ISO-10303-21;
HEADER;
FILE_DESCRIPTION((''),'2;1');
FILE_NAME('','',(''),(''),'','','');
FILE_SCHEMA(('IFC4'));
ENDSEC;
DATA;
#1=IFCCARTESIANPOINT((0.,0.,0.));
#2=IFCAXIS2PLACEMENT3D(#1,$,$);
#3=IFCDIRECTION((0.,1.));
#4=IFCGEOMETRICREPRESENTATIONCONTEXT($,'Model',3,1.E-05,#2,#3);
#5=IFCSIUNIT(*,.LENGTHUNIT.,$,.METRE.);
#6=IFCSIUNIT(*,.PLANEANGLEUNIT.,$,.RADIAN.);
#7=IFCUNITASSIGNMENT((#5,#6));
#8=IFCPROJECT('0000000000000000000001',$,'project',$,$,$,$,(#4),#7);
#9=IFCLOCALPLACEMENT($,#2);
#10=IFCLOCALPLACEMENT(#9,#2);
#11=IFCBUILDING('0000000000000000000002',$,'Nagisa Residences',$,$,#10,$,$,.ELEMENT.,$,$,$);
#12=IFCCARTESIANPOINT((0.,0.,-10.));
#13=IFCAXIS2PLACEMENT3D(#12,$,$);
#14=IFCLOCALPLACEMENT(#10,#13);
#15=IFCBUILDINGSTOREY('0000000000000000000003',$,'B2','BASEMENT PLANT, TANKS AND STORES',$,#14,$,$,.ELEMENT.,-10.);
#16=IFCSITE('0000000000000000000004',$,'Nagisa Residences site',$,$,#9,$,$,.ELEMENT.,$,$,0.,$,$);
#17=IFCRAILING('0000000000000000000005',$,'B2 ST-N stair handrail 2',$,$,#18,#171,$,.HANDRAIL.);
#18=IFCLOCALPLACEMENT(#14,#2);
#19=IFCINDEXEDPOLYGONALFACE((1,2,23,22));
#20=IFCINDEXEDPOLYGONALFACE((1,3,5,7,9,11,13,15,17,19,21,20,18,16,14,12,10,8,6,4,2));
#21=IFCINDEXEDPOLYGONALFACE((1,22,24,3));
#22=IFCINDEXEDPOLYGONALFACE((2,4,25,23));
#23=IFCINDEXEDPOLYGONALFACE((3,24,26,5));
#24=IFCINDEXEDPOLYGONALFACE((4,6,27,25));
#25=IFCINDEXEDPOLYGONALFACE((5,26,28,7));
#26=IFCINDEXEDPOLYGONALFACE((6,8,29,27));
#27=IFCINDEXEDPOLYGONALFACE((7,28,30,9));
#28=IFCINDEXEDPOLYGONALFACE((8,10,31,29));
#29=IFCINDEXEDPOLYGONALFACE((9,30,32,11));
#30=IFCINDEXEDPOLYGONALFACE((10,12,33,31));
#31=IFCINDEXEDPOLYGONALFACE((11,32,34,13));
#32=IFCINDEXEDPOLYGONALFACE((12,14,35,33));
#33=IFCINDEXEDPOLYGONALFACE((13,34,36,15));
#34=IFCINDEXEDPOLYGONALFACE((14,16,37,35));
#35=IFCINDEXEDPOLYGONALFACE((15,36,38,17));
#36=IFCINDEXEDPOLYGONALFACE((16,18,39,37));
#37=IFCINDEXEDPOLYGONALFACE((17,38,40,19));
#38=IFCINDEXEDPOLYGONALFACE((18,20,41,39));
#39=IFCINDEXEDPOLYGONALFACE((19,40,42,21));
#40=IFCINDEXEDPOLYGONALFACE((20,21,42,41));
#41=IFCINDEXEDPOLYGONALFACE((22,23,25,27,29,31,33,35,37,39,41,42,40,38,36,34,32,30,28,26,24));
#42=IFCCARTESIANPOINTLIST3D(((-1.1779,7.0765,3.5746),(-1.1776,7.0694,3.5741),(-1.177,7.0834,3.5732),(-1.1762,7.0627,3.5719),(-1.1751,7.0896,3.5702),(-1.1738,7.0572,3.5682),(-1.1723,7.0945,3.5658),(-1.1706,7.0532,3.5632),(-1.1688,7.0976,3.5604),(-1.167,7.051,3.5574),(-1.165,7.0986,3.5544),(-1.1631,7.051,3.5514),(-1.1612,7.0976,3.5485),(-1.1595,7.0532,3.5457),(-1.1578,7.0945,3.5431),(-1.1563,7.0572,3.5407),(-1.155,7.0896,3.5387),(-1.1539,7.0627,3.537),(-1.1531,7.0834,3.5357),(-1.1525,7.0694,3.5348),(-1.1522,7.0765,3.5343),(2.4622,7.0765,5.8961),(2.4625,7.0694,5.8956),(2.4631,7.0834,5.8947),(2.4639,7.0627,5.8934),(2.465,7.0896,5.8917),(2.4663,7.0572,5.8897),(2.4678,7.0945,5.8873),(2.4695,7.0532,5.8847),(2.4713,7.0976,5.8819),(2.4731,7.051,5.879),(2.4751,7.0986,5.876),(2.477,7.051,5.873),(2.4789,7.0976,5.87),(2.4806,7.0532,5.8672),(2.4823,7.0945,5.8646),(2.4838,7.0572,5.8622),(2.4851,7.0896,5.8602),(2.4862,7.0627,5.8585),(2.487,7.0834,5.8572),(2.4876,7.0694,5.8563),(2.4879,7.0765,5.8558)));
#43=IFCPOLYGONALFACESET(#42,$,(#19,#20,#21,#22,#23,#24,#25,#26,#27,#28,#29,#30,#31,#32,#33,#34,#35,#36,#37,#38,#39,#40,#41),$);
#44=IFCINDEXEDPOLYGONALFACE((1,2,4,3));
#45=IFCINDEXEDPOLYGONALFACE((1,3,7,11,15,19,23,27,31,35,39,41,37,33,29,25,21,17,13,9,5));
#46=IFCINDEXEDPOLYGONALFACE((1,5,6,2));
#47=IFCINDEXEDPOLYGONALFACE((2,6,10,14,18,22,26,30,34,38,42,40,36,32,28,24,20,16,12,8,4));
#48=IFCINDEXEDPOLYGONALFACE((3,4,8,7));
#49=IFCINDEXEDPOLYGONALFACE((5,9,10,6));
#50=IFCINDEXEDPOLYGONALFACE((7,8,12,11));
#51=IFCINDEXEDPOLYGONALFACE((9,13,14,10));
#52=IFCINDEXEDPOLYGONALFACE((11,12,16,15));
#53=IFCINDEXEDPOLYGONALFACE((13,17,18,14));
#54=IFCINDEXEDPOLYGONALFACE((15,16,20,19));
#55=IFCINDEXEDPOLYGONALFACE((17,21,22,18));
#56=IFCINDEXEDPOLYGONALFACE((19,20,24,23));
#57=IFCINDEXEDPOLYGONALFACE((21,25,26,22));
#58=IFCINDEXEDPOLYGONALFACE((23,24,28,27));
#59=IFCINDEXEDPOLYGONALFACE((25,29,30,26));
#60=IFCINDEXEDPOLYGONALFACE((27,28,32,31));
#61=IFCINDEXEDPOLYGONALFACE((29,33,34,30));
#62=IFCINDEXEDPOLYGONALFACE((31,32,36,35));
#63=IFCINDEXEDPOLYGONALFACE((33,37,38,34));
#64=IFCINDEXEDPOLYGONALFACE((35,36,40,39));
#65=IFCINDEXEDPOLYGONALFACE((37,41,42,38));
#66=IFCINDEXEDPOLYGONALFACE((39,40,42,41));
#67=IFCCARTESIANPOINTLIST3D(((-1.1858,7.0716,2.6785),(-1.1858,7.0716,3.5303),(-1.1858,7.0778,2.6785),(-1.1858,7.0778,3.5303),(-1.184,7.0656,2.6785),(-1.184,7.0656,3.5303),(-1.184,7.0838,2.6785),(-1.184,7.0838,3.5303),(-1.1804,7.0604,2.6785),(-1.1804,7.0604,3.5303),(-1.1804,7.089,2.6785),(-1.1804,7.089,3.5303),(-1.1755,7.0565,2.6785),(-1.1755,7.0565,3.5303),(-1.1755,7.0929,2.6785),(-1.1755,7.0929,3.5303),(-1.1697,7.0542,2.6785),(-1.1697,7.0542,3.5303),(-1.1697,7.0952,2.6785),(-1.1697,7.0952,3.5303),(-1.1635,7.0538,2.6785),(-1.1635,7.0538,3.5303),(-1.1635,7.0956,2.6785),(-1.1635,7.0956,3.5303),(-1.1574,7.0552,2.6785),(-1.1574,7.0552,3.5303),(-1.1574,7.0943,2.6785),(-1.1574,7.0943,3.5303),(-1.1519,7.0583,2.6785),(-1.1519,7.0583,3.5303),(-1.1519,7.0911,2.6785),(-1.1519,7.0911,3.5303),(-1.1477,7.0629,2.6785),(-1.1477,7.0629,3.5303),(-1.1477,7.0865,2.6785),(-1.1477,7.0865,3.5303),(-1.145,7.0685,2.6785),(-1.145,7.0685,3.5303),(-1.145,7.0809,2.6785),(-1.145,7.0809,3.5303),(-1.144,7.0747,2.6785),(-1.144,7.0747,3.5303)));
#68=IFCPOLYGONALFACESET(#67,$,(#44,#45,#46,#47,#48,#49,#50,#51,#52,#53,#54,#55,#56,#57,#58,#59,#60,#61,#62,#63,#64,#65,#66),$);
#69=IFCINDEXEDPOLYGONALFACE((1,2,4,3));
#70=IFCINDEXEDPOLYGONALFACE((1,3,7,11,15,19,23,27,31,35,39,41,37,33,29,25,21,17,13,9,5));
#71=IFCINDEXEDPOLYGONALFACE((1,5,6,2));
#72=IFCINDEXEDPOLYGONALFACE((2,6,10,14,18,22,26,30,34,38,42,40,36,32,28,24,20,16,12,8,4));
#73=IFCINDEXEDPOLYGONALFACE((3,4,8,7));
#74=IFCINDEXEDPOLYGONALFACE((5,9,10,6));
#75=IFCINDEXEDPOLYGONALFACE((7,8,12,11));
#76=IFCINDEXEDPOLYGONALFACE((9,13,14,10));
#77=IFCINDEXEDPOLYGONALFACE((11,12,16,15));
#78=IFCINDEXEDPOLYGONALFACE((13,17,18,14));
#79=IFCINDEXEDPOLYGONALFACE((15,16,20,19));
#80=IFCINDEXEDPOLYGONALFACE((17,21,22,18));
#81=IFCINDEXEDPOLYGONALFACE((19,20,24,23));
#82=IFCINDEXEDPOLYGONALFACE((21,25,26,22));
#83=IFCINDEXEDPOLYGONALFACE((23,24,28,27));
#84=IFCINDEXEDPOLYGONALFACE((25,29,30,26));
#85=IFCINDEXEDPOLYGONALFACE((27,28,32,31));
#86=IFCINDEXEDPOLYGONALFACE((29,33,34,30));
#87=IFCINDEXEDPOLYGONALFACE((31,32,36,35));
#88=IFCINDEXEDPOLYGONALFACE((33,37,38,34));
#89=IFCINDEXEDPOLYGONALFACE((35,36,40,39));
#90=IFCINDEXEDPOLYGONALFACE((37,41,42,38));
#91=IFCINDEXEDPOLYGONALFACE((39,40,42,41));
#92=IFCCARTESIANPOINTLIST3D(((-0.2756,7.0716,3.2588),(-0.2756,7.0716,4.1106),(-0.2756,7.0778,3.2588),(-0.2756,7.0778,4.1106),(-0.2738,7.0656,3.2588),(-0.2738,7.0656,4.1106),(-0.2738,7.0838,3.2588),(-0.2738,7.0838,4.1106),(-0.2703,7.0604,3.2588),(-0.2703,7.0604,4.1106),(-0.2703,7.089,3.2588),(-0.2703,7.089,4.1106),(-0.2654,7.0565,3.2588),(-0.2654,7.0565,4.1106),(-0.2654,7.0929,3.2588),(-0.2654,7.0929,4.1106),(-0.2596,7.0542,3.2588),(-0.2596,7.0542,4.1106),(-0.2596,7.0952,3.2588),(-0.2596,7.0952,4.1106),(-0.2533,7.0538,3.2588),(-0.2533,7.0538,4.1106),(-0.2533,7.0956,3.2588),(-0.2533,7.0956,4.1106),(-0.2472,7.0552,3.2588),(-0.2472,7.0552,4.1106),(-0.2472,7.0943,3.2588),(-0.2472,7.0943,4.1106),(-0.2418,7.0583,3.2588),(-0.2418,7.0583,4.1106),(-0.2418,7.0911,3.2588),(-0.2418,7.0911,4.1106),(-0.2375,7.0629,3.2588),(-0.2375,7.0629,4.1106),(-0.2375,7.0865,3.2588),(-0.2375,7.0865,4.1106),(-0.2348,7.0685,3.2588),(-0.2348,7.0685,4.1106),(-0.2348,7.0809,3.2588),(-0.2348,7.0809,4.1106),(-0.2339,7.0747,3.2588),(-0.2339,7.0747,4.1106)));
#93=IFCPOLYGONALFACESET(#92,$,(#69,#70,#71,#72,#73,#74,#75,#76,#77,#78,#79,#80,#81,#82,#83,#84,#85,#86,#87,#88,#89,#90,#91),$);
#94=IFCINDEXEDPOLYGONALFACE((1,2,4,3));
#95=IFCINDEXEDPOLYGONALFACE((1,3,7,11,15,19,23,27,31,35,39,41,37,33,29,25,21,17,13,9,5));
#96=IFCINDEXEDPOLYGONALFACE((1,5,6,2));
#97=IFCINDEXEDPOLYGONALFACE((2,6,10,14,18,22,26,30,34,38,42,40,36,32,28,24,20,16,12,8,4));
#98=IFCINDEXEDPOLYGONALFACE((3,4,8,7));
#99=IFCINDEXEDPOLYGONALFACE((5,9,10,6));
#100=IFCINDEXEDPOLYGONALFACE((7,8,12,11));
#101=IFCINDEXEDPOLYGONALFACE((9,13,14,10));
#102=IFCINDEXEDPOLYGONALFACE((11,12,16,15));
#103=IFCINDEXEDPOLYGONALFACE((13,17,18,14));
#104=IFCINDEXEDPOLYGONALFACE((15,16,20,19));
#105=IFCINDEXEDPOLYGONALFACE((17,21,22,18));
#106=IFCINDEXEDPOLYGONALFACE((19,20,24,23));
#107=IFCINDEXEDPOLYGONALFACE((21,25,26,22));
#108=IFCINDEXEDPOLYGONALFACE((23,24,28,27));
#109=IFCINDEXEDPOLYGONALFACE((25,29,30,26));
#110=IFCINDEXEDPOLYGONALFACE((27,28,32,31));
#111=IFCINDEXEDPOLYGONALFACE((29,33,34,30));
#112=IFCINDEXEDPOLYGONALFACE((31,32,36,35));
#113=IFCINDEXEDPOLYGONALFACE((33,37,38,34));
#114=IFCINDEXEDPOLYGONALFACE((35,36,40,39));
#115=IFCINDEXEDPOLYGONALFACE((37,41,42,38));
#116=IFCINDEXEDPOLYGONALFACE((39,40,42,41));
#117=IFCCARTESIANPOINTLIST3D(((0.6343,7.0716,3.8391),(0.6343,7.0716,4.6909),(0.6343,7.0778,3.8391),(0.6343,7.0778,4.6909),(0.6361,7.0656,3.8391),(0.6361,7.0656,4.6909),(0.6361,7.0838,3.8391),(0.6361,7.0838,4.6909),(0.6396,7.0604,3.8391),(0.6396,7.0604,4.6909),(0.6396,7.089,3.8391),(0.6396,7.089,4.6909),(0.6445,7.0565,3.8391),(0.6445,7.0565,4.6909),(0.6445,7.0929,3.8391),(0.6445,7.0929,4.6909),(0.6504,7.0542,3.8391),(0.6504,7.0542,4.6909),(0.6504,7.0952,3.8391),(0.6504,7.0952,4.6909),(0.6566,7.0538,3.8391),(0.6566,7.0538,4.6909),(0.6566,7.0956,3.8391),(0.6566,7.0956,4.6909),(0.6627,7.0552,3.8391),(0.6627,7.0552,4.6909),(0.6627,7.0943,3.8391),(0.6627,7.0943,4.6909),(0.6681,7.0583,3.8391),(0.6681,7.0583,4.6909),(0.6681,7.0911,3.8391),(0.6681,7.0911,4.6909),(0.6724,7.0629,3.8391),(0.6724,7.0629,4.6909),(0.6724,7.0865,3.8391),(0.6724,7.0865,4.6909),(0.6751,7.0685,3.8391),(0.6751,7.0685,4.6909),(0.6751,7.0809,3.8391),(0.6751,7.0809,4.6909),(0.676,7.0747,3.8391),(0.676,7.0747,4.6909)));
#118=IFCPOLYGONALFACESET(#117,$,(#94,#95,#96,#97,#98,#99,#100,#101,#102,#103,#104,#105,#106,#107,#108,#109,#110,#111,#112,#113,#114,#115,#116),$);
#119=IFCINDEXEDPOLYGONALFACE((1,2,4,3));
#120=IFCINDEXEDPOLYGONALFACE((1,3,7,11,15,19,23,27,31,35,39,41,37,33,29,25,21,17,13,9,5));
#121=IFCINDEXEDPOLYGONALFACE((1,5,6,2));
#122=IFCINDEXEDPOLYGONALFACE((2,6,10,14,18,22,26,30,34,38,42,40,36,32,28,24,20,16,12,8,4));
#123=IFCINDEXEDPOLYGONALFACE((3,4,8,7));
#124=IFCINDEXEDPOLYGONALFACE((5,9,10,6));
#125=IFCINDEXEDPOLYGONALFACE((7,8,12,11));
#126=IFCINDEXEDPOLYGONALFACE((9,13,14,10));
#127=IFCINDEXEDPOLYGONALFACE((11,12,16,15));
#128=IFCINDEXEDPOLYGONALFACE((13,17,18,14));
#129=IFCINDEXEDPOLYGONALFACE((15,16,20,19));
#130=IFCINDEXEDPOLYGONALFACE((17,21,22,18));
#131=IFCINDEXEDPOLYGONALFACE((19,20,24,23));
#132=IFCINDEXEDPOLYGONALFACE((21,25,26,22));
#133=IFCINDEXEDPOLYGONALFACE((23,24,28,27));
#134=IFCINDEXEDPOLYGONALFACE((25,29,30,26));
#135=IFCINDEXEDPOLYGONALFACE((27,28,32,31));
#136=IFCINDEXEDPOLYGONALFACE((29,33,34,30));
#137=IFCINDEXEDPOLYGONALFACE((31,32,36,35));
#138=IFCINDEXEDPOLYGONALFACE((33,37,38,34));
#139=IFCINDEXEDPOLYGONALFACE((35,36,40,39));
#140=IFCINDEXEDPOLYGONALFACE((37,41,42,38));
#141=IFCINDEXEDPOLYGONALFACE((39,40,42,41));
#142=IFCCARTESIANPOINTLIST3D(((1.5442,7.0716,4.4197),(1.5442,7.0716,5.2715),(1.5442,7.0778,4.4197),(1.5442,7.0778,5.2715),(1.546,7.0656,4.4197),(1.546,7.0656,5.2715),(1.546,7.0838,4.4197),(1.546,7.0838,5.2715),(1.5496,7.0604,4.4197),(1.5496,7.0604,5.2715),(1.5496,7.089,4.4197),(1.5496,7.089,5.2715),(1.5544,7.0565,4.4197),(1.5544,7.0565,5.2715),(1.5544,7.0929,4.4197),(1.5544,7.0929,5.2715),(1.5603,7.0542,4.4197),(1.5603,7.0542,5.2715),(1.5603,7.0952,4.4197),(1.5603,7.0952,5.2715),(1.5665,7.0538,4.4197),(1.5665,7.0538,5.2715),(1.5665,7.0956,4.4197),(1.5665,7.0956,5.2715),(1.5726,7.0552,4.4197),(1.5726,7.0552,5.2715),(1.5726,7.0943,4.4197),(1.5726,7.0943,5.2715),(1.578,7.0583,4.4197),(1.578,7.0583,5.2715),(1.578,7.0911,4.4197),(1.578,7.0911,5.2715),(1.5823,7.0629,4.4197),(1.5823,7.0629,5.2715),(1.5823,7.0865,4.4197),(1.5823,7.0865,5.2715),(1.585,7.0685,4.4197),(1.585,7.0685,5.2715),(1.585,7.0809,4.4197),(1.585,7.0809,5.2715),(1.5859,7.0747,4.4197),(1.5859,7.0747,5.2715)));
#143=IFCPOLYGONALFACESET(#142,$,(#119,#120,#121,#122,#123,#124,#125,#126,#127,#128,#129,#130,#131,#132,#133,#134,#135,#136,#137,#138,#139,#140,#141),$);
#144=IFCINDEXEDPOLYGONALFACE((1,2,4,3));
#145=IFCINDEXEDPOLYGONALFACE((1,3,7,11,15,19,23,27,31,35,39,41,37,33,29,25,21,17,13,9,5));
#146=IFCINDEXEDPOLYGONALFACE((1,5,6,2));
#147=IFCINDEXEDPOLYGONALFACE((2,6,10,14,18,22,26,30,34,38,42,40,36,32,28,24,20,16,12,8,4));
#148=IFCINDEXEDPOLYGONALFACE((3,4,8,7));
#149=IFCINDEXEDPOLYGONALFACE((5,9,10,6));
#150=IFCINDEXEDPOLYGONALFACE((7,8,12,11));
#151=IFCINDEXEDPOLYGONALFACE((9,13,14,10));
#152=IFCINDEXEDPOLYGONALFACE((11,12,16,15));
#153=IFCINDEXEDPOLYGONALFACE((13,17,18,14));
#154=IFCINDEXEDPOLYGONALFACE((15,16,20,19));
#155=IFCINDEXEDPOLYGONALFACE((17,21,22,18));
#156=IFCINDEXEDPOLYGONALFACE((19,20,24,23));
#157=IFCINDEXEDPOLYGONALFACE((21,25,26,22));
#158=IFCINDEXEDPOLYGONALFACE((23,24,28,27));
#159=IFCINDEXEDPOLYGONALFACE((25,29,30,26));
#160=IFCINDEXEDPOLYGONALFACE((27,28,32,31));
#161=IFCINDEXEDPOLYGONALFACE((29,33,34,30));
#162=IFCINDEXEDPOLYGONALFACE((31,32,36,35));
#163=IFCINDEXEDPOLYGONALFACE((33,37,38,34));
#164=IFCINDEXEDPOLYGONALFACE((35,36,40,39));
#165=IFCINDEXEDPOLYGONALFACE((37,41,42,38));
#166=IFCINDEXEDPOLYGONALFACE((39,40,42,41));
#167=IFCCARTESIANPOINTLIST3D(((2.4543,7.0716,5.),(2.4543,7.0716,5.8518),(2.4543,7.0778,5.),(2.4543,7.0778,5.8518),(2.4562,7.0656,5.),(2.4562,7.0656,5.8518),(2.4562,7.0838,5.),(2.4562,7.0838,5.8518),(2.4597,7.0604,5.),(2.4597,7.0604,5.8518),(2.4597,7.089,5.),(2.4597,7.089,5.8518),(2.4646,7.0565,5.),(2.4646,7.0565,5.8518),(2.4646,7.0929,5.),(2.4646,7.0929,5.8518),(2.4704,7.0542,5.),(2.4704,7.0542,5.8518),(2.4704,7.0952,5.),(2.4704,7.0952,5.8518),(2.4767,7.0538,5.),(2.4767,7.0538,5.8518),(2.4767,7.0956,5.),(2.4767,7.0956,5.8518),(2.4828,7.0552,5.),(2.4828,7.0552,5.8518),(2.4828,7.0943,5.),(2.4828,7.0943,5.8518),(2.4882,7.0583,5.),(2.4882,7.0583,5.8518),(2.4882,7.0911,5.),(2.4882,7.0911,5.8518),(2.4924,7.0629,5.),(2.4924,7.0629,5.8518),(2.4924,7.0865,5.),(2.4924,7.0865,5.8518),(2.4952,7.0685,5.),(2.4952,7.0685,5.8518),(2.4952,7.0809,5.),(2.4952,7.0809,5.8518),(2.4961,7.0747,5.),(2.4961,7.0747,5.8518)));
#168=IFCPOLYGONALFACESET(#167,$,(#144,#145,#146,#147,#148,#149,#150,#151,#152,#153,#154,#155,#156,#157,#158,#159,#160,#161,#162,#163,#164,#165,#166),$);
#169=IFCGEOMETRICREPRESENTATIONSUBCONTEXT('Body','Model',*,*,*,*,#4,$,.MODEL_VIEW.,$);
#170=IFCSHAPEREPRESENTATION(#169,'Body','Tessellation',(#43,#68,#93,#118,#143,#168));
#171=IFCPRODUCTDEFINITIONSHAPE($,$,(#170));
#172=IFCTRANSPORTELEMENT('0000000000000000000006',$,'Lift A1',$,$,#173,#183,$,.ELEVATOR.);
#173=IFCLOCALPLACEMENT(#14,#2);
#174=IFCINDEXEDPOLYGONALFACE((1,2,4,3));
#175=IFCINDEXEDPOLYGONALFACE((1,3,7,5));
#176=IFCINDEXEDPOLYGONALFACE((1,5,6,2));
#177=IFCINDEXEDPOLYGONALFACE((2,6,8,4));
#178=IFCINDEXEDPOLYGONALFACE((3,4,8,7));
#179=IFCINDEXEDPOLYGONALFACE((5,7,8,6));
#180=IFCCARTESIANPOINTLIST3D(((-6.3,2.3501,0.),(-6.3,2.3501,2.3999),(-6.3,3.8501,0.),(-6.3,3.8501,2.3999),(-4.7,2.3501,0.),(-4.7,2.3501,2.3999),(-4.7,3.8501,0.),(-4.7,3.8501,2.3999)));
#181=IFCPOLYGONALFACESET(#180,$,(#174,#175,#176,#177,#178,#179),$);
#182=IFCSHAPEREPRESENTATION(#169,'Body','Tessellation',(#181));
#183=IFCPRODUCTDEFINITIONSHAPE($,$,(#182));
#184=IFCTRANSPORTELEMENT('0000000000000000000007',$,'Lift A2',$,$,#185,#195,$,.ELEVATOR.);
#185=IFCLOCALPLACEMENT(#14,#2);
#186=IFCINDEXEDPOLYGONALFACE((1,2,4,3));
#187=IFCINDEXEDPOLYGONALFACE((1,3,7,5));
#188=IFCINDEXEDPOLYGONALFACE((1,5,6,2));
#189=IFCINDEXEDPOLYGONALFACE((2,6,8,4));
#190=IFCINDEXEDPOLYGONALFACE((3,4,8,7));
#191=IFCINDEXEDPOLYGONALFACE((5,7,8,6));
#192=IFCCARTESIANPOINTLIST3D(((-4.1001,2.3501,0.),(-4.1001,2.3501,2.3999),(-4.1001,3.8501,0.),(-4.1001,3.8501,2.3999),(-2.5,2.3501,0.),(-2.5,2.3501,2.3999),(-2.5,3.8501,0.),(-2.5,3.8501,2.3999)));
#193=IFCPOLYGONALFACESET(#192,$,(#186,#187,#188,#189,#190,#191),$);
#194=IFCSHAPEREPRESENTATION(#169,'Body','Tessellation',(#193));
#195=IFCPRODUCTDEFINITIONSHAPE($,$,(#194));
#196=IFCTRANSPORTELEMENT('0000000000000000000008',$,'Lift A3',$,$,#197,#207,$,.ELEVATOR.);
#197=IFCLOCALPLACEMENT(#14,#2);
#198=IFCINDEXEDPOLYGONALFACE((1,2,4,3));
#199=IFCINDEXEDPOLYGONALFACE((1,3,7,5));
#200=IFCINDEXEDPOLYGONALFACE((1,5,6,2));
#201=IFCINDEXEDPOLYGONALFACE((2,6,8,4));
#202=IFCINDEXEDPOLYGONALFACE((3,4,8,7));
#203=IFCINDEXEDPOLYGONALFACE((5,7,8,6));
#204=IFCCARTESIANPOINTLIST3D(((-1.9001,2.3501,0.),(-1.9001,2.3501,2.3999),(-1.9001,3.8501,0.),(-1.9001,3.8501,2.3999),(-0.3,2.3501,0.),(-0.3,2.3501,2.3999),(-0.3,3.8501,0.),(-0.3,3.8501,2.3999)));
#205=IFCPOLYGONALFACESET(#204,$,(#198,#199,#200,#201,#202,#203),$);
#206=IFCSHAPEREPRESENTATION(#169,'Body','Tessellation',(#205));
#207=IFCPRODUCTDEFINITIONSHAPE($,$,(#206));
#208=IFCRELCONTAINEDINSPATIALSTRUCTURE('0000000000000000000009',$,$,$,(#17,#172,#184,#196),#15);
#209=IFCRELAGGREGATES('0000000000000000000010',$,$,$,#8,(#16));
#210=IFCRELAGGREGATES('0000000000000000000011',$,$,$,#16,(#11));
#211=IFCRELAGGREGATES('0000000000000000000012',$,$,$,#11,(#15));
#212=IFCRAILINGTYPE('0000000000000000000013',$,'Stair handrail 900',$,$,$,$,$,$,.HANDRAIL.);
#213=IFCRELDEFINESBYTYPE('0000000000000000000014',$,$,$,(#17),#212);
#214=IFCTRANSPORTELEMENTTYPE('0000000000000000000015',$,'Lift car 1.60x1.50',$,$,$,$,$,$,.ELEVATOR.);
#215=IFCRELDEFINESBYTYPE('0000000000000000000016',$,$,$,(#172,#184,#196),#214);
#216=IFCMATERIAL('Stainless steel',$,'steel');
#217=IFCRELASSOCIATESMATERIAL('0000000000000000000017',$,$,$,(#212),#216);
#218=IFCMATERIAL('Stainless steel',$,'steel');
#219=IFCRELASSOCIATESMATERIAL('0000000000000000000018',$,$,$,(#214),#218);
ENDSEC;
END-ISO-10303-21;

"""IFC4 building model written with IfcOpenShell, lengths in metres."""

from ifc_helpers import new_model, si_unit, direction, frame, origin, origin_2d, place, context, subcontext, project, spatial, rectangle, circle, extrude, material, type_object, element, save


model = new_model("IFC4")

# Units and contexts
model_context = context("Model", 3, precision=1e-05, world=origin(), true_north=direction((0.0, 1.0)))
body_context = subcontext(model_context, "Body", "Model", "MODEL_VIEW")
ifc_project = project(units=[si_unit("LENGTHUNIT", "METRE"), si_unit("PLANEANGLEUNIT", "RADIAN")], contexts=[model_context])

# Site, building, storey
site_placement = place(None, origin())
site = spatial("IfcSite", under=ifc_project, at=site_placement, Name="Nagisa Residences site", CompositionType="ELEMENT", RefElevation=0.0)
building_placement = place(site_placement, origin())
building = spatial("IfcBuilding", under=site, at=building_placement, Name="Nagisa Residences", CompositionType="ELEMENT")
storey_placement = place(building_placement, frame((0.0, 0.0, -10.0)))
storey = spatial("IfcBuildingStorey", under=building, at=storey_placement, Name="B2", Description="BASEMENT PLANT, TANKS AND STORES", CompositionType="ELEMENT", Elevation=-10.0)

# Railing
ifc_material_1 = material(Name="Stainless steel", Category="steel")
railing_type = type_object("IfcRailingType", Name="Stair handrail 900", PredefinedType="HANDRAIL", material=ifc_material_1)
railing_placement = place(storey_placement, frame((-1.165, 7.0747, 2.6785)))
element("IfcRailing", 1, at=railing_placement, inside=storey, type_object=railing_type, Name="B2 ST-N stair handrail 2", PredefinedType="HANDRAIL", context=body_context, shape_type="SweptSolid", body=[
    extrude(circle(Radius=0.0239, at=origin_2d()), frame((0.0, 0.0, 0.876), z_axis=(0.843128, 0.0, 0.537713), x_axis=(0.0, 1.0, 0.0)), (0.0, 0.0, 1.0), 4.3174),
    extrude(circle(Radius=0.021, at=origin_2d()), origin(), (0.0, 0.0, 1.0), 0.8518),
    extrude(circle(Radius=0.021, at=origin_2d()), frame((0.9102, 0.0, 0.5803)), (0.0, 0.0, 1.0), 0.8518),
    extrude(circle(Radius=0.021, at=origin_2d()), frame((1.8201, 0.0, 1.1606)), (0.0, 0.0, 1.0), 0.8518),
    extrude(circle(Radius=0.021, at=origin_2d()), frame((2.73, 0.0, 1.7412)), (0.0, 0.0, 1.0), 0.8518),
    extrude(circle(Radius=0.021, at=origin_2d()), frame((3.6401, 0.0, 2.3215)), (0.0, 0.0, 1.0), 0.8518),
])

# Transport elements
ifc_material_2 = material(Name="Stainless steel", Category="steel")
transport_element_type_1 = type_object("IfcTransportElementType", Name="Lift car 1.60x1.50", PredefinedType="ELEVATOR", material=ifc_material_2)
for number, where, z_axis, x_axis, name in (
    (2, (-5.5, 3.1001, 0.0), (0.0, 0.0, 1.0), (1.0, 0.0, 0.0), "Lift A1"),
    (3, (-3.3, 3.1001, 0.0), (0.0, 0.0, 1.0), (1.0, 0.0, 0.0), "Lift A2"),
    (4, (-1.1001, 3.1001, 0.0), (0.0, 0.0, 1.0), (1.0, 0.0, 0.0), "Lift A3"),
):
    element("IfcTransportElement", number, at=place(storey_placement, frame(where, z_axis=z_axis, x_axis=x_axis)), inside=storey, type_object=transport_element_type_1, Name=name, PredefinedType="ELEVATOR", context=body_context, shape_type="SweptSolid", body=[
        extrude(rectangle(XDim=1.6001, YDim=1.5, at=origin_2d()), origin(), (0.0, 0.0, 1.0), 2.3999),
    ])

save(model, "model.ifc")
